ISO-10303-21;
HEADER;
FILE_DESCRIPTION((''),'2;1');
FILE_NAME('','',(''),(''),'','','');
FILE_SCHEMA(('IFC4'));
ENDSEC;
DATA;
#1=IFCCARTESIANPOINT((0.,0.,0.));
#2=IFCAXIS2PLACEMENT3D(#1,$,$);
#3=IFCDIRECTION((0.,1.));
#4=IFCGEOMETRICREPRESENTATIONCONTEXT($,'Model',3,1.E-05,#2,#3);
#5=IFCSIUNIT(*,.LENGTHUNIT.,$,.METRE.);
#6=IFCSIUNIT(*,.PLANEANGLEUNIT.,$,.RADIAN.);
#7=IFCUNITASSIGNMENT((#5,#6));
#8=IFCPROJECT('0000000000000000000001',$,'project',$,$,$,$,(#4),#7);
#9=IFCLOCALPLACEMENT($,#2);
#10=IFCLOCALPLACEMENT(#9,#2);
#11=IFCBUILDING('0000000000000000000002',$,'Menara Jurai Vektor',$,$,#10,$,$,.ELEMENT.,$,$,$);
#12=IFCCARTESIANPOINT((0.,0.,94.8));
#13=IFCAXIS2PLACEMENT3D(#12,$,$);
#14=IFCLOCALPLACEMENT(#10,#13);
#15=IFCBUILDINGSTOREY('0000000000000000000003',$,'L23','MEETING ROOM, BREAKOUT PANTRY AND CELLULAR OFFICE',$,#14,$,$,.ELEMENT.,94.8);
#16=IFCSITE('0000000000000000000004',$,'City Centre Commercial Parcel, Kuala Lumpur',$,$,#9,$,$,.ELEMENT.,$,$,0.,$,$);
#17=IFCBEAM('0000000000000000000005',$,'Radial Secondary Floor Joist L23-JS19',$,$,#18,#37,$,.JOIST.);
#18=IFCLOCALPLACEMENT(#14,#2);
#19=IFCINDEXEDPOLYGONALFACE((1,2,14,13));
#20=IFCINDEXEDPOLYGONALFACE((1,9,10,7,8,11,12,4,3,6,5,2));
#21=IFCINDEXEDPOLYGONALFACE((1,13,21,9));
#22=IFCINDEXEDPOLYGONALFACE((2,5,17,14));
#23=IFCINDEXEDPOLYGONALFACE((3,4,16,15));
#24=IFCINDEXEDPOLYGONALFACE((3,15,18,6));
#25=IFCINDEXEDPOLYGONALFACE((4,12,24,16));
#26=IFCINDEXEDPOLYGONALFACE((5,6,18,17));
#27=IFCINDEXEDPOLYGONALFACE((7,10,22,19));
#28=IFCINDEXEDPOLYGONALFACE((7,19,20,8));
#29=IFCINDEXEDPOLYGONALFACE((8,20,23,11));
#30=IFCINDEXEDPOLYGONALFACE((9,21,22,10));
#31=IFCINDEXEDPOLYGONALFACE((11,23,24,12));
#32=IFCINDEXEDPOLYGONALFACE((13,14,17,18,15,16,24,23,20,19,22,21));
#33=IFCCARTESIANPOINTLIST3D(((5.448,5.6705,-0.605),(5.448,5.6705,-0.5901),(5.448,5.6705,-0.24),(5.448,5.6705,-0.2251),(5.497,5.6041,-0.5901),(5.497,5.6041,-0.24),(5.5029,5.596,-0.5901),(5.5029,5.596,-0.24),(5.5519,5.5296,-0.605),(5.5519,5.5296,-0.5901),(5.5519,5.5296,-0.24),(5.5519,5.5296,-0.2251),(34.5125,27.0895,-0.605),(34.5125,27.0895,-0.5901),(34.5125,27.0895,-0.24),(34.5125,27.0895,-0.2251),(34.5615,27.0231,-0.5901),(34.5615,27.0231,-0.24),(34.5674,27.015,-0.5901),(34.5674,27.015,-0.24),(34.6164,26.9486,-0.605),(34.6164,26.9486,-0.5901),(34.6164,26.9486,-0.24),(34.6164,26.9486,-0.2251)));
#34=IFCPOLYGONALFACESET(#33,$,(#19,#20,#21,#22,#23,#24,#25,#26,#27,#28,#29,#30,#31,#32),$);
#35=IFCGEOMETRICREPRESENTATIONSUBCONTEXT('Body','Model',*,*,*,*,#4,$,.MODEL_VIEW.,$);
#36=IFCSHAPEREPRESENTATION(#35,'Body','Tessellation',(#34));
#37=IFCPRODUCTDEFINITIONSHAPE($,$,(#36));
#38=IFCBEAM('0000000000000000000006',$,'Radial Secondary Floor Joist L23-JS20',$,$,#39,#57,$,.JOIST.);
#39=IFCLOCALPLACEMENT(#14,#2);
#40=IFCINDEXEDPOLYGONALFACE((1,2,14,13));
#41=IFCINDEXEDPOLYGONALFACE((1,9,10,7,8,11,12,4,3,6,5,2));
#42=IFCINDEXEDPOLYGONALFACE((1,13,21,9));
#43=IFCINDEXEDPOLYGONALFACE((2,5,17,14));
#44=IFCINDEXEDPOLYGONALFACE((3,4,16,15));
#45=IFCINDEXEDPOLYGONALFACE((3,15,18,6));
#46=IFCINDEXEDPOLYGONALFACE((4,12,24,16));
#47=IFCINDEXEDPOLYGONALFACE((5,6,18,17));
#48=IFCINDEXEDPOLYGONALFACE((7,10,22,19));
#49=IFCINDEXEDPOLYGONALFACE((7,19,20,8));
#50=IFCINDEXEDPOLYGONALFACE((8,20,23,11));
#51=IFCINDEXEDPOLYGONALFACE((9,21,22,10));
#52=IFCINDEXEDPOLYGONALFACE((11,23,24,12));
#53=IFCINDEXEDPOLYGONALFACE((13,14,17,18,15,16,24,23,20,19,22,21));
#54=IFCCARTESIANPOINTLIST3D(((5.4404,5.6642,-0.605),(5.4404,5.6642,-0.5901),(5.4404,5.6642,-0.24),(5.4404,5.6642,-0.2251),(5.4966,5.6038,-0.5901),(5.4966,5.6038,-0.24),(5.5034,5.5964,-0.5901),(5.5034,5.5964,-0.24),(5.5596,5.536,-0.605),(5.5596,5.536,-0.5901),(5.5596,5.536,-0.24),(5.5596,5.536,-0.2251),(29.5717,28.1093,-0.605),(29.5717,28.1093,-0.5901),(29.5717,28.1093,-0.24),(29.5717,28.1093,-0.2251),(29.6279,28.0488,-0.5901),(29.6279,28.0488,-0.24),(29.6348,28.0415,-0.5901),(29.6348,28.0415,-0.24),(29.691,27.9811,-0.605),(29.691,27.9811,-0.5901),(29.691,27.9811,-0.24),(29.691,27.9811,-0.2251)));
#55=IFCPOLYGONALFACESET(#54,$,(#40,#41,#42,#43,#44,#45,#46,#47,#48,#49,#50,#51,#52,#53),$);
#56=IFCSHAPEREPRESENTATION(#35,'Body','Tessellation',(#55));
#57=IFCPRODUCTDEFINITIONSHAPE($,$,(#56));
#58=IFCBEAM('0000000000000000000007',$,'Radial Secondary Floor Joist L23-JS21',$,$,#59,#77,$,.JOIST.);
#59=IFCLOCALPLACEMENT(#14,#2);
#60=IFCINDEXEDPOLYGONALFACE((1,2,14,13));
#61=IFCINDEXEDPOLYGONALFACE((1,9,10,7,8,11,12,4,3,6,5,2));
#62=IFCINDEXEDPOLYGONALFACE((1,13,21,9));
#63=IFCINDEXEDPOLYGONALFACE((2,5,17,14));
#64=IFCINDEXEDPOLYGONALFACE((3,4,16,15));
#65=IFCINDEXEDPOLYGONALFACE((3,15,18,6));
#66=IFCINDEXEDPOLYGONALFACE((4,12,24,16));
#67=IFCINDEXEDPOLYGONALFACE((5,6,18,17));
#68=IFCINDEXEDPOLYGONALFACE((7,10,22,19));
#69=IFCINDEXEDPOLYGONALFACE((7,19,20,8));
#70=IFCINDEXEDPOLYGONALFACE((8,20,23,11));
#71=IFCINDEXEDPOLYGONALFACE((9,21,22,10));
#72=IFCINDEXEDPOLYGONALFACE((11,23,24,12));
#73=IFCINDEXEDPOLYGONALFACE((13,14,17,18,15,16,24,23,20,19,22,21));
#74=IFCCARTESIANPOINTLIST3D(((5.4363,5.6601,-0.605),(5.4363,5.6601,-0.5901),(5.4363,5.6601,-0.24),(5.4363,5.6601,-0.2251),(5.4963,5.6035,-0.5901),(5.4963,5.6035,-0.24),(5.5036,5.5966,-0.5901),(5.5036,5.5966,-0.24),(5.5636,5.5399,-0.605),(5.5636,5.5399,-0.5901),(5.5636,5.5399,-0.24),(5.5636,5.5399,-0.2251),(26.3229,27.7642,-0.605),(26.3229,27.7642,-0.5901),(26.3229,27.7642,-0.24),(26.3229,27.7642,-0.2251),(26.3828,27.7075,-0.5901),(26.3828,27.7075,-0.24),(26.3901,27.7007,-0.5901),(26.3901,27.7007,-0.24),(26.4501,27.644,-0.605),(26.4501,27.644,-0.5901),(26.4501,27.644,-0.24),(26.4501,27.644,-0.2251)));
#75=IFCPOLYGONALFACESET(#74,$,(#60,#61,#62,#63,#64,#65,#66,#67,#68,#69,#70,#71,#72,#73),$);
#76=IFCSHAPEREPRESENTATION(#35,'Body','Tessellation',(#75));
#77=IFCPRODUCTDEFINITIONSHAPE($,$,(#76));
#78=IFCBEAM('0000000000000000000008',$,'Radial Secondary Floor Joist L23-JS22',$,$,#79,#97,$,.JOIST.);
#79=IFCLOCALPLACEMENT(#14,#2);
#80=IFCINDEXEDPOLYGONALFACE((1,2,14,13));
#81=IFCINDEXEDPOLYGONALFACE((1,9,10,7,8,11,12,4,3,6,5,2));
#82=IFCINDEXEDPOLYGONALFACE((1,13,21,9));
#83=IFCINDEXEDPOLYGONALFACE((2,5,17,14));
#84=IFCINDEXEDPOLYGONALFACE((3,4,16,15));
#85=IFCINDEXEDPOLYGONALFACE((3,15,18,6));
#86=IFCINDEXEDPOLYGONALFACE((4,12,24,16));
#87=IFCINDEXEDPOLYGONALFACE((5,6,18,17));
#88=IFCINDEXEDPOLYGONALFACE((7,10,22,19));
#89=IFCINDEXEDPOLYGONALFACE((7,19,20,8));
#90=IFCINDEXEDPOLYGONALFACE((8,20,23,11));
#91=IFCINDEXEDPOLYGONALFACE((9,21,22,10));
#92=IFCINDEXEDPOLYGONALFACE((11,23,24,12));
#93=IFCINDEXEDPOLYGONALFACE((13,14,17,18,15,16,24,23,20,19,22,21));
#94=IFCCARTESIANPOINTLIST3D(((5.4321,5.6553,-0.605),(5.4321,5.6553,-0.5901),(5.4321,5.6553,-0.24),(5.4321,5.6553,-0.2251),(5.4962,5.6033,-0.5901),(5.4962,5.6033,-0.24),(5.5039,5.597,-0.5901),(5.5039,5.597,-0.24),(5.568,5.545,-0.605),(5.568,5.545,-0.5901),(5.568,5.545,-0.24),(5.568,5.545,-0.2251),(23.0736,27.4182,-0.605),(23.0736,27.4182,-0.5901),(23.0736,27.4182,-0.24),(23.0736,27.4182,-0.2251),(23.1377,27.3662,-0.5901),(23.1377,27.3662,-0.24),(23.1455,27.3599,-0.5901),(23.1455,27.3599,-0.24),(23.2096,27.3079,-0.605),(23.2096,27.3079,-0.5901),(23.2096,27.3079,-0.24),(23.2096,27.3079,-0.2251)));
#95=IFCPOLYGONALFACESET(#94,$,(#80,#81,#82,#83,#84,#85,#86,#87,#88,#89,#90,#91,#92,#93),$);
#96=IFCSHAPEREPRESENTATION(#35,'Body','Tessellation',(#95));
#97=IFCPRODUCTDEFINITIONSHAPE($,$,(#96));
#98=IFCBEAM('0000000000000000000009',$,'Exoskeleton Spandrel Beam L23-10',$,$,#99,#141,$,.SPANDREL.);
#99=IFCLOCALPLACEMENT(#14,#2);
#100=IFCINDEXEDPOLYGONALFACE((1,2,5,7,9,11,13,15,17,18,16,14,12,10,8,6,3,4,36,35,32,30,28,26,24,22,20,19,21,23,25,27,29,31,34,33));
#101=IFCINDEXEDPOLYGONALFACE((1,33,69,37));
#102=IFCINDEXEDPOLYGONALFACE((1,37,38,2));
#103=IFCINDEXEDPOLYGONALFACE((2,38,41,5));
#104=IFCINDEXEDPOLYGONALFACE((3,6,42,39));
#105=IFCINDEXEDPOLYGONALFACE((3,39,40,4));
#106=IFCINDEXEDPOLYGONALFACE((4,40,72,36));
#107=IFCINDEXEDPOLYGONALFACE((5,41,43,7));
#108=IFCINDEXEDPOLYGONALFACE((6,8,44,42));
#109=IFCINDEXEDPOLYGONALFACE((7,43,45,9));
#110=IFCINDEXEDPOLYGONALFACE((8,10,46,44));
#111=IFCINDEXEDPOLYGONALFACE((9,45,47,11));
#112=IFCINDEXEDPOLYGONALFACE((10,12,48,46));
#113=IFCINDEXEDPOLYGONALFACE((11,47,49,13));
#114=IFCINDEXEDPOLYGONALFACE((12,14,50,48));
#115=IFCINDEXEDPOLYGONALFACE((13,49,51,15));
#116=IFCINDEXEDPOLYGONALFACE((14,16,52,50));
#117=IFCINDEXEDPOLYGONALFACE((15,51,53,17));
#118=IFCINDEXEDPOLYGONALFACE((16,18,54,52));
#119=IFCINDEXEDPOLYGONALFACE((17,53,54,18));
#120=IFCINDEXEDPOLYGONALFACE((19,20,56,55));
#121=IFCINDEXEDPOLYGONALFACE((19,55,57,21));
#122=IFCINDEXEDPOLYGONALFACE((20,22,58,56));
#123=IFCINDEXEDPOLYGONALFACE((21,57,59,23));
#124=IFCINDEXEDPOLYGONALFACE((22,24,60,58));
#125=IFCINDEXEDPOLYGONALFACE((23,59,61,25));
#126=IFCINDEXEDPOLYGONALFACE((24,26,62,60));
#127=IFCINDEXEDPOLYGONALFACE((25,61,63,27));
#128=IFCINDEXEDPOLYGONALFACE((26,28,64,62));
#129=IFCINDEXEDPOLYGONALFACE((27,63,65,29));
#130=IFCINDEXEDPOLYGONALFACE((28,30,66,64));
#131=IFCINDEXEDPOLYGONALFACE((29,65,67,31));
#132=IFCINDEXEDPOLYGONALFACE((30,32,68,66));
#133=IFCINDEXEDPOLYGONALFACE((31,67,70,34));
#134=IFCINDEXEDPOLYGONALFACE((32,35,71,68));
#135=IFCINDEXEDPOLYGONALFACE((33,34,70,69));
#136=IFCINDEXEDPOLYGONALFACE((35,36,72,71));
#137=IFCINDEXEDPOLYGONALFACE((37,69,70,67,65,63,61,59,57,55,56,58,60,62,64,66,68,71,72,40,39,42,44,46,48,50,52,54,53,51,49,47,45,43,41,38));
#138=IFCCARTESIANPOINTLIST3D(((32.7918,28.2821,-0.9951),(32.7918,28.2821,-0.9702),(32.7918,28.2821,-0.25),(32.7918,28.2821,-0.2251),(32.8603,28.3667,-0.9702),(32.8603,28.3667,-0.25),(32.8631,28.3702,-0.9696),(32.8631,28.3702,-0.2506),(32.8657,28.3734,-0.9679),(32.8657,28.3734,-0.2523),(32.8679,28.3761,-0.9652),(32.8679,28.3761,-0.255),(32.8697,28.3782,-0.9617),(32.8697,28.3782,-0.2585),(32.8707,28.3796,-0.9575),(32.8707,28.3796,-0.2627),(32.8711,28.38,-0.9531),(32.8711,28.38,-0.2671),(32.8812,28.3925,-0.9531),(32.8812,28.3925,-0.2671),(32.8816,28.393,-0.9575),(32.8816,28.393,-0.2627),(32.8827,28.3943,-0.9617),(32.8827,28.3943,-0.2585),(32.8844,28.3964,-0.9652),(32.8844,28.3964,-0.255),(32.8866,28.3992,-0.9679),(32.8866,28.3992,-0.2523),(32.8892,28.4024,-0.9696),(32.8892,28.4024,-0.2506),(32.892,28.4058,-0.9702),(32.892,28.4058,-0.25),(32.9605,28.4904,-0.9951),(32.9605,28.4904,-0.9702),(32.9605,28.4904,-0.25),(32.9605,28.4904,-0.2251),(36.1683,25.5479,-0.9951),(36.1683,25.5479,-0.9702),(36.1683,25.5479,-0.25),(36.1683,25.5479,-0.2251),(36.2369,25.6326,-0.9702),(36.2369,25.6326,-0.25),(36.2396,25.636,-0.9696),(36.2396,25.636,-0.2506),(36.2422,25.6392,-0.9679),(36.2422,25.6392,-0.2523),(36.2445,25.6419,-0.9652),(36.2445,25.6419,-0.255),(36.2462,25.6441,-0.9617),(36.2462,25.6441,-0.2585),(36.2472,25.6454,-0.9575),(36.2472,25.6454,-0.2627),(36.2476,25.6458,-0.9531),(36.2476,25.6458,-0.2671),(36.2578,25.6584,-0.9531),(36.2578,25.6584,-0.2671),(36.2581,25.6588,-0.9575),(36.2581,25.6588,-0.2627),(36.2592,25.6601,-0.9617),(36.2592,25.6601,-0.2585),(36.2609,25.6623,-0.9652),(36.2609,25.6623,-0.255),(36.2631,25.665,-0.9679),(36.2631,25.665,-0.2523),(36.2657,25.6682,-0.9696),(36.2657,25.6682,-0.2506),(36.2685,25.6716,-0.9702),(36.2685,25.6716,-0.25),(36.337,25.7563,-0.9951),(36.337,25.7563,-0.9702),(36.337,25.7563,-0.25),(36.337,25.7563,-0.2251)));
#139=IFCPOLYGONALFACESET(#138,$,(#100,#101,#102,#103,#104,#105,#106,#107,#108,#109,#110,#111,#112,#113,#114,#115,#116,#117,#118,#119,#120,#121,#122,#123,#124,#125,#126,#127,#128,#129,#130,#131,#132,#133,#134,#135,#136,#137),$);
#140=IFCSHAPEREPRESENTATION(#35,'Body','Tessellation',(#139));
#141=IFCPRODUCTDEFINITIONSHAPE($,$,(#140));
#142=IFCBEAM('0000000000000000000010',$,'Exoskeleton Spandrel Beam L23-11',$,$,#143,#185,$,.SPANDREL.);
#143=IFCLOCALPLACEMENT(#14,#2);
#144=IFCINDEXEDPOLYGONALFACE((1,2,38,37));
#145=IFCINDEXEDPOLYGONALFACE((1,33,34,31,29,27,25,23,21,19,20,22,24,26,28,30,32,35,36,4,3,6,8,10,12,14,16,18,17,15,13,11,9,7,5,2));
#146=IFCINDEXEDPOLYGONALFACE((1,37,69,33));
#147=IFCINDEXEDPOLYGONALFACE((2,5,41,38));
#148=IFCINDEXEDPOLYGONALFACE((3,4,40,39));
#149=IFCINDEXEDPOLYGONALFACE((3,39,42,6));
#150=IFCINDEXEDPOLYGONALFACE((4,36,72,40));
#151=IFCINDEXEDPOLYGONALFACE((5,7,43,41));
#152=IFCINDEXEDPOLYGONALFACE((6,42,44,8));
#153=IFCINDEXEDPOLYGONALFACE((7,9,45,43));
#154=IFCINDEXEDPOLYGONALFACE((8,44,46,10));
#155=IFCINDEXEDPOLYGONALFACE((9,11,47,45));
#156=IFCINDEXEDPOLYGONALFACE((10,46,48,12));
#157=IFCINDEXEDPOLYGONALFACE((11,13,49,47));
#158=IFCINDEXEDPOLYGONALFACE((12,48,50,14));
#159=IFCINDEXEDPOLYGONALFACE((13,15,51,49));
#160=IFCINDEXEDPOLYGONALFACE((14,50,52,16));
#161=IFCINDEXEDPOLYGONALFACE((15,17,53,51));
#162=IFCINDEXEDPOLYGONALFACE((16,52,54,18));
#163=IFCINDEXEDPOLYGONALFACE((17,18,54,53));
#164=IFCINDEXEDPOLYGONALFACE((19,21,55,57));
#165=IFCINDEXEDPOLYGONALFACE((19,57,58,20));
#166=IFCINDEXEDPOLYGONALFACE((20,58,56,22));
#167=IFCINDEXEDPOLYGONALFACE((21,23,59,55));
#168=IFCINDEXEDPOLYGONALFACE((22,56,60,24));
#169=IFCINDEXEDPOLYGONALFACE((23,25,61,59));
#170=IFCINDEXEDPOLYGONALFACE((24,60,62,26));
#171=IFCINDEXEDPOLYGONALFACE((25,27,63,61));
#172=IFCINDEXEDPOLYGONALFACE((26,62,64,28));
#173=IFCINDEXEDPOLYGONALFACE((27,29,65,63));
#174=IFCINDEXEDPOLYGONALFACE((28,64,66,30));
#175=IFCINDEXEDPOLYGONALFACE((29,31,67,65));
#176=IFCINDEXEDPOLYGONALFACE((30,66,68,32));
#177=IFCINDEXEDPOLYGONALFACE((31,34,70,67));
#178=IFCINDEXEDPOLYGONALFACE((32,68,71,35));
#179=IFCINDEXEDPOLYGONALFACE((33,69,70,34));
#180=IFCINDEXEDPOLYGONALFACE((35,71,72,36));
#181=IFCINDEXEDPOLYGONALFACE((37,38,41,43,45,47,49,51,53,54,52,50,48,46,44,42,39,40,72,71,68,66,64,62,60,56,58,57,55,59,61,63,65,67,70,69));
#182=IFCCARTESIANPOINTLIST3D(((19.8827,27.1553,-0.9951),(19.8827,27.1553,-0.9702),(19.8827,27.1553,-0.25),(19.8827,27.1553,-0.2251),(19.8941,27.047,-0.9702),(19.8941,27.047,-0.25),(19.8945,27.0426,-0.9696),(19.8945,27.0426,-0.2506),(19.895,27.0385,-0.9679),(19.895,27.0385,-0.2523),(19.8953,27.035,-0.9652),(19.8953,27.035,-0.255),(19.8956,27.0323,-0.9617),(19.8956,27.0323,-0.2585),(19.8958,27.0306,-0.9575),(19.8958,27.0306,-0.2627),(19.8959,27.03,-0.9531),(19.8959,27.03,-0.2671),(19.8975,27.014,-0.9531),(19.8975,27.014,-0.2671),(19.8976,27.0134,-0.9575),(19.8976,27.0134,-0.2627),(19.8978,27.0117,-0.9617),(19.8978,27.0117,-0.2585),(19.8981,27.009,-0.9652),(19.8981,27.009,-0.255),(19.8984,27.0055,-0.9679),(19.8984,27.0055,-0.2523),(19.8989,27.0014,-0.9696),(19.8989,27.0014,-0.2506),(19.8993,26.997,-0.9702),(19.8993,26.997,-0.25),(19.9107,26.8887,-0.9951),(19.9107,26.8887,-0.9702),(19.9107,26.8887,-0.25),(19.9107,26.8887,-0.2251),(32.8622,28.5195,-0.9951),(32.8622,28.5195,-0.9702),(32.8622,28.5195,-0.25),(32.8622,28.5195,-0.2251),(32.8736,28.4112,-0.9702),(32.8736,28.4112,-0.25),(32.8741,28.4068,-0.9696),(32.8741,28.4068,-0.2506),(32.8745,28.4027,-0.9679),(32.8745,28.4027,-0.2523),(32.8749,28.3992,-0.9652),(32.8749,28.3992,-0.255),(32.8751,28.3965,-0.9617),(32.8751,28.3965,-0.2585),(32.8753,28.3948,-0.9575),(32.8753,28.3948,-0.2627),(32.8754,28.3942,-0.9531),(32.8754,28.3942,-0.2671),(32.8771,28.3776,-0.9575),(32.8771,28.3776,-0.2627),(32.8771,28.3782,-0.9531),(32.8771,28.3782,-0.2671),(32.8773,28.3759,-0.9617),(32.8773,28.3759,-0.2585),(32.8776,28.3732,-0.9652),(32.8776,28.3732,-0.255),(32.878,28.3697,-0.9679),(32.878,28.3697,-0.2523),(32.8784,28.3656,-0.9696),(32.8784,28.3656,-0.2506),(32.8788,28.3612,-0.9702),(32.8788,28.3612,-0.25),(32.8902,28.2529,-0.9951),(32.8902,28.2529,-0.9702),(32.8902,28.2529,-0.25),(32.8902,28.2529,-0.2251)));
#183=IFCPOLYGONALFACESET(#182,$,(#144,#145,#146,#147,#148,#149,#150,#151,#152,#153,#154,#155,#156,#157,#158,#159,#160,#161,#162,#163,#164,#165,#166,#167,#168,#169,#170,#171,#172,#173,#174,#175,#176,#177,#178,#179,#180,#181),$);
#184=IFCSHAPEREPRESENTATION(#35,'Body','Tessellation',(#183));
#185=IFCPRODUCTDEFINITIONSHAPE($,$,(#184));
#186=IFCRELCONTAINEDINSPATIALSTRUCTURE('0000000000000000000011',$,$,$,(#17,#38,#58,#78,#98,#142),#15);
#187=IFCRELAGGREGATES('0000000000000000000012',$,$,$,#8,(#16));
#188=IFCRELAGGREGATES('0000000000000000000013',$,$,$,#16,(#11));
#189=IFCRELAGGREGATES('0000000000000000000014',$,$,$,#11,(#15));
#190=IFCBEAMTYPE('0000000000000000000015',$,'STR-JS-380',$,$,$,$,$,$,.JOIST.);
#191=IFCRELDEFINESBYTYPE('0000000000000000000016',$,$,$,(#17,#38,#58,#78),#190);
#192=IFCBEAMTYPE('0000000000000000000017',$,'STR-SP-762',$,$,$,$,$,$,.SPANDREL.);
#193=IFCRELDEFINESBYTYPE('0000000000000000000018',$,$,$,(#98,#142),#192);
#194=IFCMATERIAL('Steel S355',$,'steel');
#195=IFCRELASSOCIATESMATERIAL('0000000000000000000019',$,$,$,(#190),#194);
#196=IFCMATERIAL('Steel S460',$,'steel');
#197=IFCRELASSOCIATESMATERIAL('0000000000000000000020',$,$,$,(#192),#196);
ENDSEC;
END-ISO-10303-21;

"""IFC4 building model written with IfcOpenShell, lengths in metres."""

from ifc_helpers import new_model, si_unit, direction, frame, origin, origin_2d, place, context, subcontext, project, spatial, i_section, extrude, material, material_profile, profile_set, type_object, element, save


model = new_model("IFC4")

# Units and contexts
model_context = context("Model", 3, precision=1e-05, world=origin(), true_north=direction((0.0, 1.0)))
body_context = subcontext(model_context, "Body", "Model", "MODEL_VIEW")
ifc_project = project(units=[si_unit("LENGTHUNIT", "METRE"), si_unit("PLANEANGLEUNIT", "RADIAN")], contexts=[model_context])

# Site, building, storey
site_placement = place(None, origin())
site = spatial("IfcSite", under=ifc_project, at=site_placement, Name="City Centre Commercial Parcel, Kuala Lumpur", CompositionType="ELEMENT", RefElevation=0.0)
building_placement = place(site_placement, origin())
building = spatial("IfcBuilding", under=site, at=building_placement, Name="Menara Jurai Vektor", CompositionType="ELEMENT")
storey_placement = place(building_placement, frame((0.0, 0.0, 94.8)))
storey = spatial("IfcBuildingStorey", under=building, at=storey_placement, Name="L23", Description="MEETING ROOM, BREAKOUT PANTRY AND CELLULAR OFFICE", CompositionType="ELEMENT", Elevation=94.8)

# Shared definitions
ifc_material_1 = material(Name="Steel S460", Category="steel")

# Shared definitions
ifc_material_2 = material(Name="Steel S355", Category="steel")

# Beams
ifc_material_profile_1 = material_profile(ifc_material_2, i_section(OverallWidth=0.175, OverallDepth=0.3799, WebThickness=0.01, FlangeThickness=0.0149, at=origin_2d()), Name="PG 380x175x58")
ifc_profile_set_1 = profile_set([ifc_material_profile_1], Name="Steel S355")
beam_type_1 = type_object("IfcBeamType", Name="STR-JS-380", PredefinedType="JOIST", material=ifc_profile_set_1)
beam_1_placement = place(storey_placement, frame((34.5645, 27.019, -0.415), z_axis=(-0.805016, -0.593253, 0.0), x_axis=(0.593253, -0.805016, 0.0)))
element("IfcBeam", 1, at=beam_1_placement, inside=storey, type_object=beam_type_1, Name="Radial Secondary Floor Joist L23-JS19", PredefinedType="JOIST", context=body_context, shape_type="SweptSolid", body=[
    extrude(i_section(OverallWidth=0.175, OverallDepth=0.3799, WebThickness=0.01, FlangeThickness=0.0149, at=origin_2d()), origin(), (0.0, 0.0, 1.0), 36.1042),
])
beam_2_placement = place(storey_placement, frame((29.6313, 28.0452, -0.415), z_axis=(-0.732228, -0.68106, 0.0), x_axis=(0.68106, -0.732228, 0.0)))
element("IfcBeam", 2, at=beam_2_placement, inside=storey, type_object=beam_type_1, Name="Radial Secondary Floor Joist L23-JS20", PredefinedType="JOIST", context=body_context, shape_type="SweptSolid", body=[
    extrude(i_section(OverallWidth=0.175, OverallDepth=0.3799, WebThickness=0.01, FlangeThickness=0.0149, at=origin_2d()), origin(), (0.0, 0.0, 1.0), 32.9561),
])
beam_3_placement = place(storey_placement, frame((26.3865, 27.7041, -0.415), z_axis=(-0.686805, -0.726841, 0.0), x_axis=(0.726841, -0.686805, 0.0)))
element("IfcBeam", 3, at=beam_3_placement, inside=storey, type_object=beam_type_1, Name="Radial Secondary Floor Joist L23-JS21", PredefinedType="JOIST", context=body_context, shape_type="SweptSolid", body=[
    extrude(i_section(OverallWidth=0.175, OverallDepth=0.3799, WebThickness=0.01, FlangeThickness=0.0149, at=origin_2d()), origin(), (0.0, 0.0, 1.0), 30.4111),
])
beam_4_placement = place(storey_placement, frame((23.1416, 27.363, -0.415), z_axis=(-0.629715, -0.776826, 0.0), x_axis=(0.776826, -0.629715, 0.0)))
element("IfcBeam", 4, at=beam_4_placement, inside=storey, type_object=beam_type_1, Name="Radial Secondary Floor Joist L23-JS22", PredefinedType="JOIST", context=body_context, shape_type="SweptSolid", body=[
    extrude(i_section(OverallWidth=0.175, OverallDepth=0.3799, WebThickness=0.01, FlangeThickness=0.0149, at=origin_2d()), origin(), (0.0, 0.0, 1.0), 28.0151),
])
ifc_material_profile_2 = material_profile(ifc_material_1, i_section(OverallWidth=0.2681, OverallDepth=0.77, WebThickness=0.0161, FlangeThickness=0.0249, FilletRadius=0.0171, at=origin_2d()), Name="UKB 762x267x197")
ifc_profile_set_2 = profile_set([ifc_material_profile_2], Name="Steel S460")
beam_type_2 = type_object("IfcBeamType", Name="STR-SP-762", PredefinedType="SPANDREL", material=ifc_profile_set_2)
beam_5_placement = place(storey_placement, frame((36.2527, 25.6521, -0.6101), z_axis=(-0.777155, 0.62931, 0.0), x_axis=(-0.62931, -0.777155, 0.0)))
element("IfcBeam", 5, at=beam_5_placement, inside=storey, type_object=beam_type_2, Name="Exoskeleton Spandrel Beam L23-10", PredefinedType="SPANDREL", context=body_context, shape_type="SweptSolid", body=[
    extrude(i_section(OverallWidth=0.2681, OverallDepth=0.77, WebThickness=0.0161, FlangeThickness=0.0249, FilletRadius=0.0171, at=origin_2d()), origin(), (0.0, 0.0, 1.0), 4.3447),
])
beam_6_placement = place(storey_placement, frame((32.8762, 28.3862, -0.6101), z_axis=(-0.994521, -0.104533, 0.0), x_axis=(0.104533, -0.994521, 0.0)))
element("IfcBeam", 6, at=beam_6_placement, inside=storey, type_object=beam_type_2, Name="Exoskeleton Spandrel Beam L23-11", PredefinedType="SPANDREL", context=body_context, shape_type="SweptSolid", body=[
    extrude(i_section(OverallWidth=0.2681, OverallDepth=0.77, WebThickness=0.0161, FlangeThickness=0.0249, FilletRadius=0.0171, at=origin_2d()), origin(), (0.0, 0.0, 1.0), 13.051),
])

save(model, "model.ifc")
